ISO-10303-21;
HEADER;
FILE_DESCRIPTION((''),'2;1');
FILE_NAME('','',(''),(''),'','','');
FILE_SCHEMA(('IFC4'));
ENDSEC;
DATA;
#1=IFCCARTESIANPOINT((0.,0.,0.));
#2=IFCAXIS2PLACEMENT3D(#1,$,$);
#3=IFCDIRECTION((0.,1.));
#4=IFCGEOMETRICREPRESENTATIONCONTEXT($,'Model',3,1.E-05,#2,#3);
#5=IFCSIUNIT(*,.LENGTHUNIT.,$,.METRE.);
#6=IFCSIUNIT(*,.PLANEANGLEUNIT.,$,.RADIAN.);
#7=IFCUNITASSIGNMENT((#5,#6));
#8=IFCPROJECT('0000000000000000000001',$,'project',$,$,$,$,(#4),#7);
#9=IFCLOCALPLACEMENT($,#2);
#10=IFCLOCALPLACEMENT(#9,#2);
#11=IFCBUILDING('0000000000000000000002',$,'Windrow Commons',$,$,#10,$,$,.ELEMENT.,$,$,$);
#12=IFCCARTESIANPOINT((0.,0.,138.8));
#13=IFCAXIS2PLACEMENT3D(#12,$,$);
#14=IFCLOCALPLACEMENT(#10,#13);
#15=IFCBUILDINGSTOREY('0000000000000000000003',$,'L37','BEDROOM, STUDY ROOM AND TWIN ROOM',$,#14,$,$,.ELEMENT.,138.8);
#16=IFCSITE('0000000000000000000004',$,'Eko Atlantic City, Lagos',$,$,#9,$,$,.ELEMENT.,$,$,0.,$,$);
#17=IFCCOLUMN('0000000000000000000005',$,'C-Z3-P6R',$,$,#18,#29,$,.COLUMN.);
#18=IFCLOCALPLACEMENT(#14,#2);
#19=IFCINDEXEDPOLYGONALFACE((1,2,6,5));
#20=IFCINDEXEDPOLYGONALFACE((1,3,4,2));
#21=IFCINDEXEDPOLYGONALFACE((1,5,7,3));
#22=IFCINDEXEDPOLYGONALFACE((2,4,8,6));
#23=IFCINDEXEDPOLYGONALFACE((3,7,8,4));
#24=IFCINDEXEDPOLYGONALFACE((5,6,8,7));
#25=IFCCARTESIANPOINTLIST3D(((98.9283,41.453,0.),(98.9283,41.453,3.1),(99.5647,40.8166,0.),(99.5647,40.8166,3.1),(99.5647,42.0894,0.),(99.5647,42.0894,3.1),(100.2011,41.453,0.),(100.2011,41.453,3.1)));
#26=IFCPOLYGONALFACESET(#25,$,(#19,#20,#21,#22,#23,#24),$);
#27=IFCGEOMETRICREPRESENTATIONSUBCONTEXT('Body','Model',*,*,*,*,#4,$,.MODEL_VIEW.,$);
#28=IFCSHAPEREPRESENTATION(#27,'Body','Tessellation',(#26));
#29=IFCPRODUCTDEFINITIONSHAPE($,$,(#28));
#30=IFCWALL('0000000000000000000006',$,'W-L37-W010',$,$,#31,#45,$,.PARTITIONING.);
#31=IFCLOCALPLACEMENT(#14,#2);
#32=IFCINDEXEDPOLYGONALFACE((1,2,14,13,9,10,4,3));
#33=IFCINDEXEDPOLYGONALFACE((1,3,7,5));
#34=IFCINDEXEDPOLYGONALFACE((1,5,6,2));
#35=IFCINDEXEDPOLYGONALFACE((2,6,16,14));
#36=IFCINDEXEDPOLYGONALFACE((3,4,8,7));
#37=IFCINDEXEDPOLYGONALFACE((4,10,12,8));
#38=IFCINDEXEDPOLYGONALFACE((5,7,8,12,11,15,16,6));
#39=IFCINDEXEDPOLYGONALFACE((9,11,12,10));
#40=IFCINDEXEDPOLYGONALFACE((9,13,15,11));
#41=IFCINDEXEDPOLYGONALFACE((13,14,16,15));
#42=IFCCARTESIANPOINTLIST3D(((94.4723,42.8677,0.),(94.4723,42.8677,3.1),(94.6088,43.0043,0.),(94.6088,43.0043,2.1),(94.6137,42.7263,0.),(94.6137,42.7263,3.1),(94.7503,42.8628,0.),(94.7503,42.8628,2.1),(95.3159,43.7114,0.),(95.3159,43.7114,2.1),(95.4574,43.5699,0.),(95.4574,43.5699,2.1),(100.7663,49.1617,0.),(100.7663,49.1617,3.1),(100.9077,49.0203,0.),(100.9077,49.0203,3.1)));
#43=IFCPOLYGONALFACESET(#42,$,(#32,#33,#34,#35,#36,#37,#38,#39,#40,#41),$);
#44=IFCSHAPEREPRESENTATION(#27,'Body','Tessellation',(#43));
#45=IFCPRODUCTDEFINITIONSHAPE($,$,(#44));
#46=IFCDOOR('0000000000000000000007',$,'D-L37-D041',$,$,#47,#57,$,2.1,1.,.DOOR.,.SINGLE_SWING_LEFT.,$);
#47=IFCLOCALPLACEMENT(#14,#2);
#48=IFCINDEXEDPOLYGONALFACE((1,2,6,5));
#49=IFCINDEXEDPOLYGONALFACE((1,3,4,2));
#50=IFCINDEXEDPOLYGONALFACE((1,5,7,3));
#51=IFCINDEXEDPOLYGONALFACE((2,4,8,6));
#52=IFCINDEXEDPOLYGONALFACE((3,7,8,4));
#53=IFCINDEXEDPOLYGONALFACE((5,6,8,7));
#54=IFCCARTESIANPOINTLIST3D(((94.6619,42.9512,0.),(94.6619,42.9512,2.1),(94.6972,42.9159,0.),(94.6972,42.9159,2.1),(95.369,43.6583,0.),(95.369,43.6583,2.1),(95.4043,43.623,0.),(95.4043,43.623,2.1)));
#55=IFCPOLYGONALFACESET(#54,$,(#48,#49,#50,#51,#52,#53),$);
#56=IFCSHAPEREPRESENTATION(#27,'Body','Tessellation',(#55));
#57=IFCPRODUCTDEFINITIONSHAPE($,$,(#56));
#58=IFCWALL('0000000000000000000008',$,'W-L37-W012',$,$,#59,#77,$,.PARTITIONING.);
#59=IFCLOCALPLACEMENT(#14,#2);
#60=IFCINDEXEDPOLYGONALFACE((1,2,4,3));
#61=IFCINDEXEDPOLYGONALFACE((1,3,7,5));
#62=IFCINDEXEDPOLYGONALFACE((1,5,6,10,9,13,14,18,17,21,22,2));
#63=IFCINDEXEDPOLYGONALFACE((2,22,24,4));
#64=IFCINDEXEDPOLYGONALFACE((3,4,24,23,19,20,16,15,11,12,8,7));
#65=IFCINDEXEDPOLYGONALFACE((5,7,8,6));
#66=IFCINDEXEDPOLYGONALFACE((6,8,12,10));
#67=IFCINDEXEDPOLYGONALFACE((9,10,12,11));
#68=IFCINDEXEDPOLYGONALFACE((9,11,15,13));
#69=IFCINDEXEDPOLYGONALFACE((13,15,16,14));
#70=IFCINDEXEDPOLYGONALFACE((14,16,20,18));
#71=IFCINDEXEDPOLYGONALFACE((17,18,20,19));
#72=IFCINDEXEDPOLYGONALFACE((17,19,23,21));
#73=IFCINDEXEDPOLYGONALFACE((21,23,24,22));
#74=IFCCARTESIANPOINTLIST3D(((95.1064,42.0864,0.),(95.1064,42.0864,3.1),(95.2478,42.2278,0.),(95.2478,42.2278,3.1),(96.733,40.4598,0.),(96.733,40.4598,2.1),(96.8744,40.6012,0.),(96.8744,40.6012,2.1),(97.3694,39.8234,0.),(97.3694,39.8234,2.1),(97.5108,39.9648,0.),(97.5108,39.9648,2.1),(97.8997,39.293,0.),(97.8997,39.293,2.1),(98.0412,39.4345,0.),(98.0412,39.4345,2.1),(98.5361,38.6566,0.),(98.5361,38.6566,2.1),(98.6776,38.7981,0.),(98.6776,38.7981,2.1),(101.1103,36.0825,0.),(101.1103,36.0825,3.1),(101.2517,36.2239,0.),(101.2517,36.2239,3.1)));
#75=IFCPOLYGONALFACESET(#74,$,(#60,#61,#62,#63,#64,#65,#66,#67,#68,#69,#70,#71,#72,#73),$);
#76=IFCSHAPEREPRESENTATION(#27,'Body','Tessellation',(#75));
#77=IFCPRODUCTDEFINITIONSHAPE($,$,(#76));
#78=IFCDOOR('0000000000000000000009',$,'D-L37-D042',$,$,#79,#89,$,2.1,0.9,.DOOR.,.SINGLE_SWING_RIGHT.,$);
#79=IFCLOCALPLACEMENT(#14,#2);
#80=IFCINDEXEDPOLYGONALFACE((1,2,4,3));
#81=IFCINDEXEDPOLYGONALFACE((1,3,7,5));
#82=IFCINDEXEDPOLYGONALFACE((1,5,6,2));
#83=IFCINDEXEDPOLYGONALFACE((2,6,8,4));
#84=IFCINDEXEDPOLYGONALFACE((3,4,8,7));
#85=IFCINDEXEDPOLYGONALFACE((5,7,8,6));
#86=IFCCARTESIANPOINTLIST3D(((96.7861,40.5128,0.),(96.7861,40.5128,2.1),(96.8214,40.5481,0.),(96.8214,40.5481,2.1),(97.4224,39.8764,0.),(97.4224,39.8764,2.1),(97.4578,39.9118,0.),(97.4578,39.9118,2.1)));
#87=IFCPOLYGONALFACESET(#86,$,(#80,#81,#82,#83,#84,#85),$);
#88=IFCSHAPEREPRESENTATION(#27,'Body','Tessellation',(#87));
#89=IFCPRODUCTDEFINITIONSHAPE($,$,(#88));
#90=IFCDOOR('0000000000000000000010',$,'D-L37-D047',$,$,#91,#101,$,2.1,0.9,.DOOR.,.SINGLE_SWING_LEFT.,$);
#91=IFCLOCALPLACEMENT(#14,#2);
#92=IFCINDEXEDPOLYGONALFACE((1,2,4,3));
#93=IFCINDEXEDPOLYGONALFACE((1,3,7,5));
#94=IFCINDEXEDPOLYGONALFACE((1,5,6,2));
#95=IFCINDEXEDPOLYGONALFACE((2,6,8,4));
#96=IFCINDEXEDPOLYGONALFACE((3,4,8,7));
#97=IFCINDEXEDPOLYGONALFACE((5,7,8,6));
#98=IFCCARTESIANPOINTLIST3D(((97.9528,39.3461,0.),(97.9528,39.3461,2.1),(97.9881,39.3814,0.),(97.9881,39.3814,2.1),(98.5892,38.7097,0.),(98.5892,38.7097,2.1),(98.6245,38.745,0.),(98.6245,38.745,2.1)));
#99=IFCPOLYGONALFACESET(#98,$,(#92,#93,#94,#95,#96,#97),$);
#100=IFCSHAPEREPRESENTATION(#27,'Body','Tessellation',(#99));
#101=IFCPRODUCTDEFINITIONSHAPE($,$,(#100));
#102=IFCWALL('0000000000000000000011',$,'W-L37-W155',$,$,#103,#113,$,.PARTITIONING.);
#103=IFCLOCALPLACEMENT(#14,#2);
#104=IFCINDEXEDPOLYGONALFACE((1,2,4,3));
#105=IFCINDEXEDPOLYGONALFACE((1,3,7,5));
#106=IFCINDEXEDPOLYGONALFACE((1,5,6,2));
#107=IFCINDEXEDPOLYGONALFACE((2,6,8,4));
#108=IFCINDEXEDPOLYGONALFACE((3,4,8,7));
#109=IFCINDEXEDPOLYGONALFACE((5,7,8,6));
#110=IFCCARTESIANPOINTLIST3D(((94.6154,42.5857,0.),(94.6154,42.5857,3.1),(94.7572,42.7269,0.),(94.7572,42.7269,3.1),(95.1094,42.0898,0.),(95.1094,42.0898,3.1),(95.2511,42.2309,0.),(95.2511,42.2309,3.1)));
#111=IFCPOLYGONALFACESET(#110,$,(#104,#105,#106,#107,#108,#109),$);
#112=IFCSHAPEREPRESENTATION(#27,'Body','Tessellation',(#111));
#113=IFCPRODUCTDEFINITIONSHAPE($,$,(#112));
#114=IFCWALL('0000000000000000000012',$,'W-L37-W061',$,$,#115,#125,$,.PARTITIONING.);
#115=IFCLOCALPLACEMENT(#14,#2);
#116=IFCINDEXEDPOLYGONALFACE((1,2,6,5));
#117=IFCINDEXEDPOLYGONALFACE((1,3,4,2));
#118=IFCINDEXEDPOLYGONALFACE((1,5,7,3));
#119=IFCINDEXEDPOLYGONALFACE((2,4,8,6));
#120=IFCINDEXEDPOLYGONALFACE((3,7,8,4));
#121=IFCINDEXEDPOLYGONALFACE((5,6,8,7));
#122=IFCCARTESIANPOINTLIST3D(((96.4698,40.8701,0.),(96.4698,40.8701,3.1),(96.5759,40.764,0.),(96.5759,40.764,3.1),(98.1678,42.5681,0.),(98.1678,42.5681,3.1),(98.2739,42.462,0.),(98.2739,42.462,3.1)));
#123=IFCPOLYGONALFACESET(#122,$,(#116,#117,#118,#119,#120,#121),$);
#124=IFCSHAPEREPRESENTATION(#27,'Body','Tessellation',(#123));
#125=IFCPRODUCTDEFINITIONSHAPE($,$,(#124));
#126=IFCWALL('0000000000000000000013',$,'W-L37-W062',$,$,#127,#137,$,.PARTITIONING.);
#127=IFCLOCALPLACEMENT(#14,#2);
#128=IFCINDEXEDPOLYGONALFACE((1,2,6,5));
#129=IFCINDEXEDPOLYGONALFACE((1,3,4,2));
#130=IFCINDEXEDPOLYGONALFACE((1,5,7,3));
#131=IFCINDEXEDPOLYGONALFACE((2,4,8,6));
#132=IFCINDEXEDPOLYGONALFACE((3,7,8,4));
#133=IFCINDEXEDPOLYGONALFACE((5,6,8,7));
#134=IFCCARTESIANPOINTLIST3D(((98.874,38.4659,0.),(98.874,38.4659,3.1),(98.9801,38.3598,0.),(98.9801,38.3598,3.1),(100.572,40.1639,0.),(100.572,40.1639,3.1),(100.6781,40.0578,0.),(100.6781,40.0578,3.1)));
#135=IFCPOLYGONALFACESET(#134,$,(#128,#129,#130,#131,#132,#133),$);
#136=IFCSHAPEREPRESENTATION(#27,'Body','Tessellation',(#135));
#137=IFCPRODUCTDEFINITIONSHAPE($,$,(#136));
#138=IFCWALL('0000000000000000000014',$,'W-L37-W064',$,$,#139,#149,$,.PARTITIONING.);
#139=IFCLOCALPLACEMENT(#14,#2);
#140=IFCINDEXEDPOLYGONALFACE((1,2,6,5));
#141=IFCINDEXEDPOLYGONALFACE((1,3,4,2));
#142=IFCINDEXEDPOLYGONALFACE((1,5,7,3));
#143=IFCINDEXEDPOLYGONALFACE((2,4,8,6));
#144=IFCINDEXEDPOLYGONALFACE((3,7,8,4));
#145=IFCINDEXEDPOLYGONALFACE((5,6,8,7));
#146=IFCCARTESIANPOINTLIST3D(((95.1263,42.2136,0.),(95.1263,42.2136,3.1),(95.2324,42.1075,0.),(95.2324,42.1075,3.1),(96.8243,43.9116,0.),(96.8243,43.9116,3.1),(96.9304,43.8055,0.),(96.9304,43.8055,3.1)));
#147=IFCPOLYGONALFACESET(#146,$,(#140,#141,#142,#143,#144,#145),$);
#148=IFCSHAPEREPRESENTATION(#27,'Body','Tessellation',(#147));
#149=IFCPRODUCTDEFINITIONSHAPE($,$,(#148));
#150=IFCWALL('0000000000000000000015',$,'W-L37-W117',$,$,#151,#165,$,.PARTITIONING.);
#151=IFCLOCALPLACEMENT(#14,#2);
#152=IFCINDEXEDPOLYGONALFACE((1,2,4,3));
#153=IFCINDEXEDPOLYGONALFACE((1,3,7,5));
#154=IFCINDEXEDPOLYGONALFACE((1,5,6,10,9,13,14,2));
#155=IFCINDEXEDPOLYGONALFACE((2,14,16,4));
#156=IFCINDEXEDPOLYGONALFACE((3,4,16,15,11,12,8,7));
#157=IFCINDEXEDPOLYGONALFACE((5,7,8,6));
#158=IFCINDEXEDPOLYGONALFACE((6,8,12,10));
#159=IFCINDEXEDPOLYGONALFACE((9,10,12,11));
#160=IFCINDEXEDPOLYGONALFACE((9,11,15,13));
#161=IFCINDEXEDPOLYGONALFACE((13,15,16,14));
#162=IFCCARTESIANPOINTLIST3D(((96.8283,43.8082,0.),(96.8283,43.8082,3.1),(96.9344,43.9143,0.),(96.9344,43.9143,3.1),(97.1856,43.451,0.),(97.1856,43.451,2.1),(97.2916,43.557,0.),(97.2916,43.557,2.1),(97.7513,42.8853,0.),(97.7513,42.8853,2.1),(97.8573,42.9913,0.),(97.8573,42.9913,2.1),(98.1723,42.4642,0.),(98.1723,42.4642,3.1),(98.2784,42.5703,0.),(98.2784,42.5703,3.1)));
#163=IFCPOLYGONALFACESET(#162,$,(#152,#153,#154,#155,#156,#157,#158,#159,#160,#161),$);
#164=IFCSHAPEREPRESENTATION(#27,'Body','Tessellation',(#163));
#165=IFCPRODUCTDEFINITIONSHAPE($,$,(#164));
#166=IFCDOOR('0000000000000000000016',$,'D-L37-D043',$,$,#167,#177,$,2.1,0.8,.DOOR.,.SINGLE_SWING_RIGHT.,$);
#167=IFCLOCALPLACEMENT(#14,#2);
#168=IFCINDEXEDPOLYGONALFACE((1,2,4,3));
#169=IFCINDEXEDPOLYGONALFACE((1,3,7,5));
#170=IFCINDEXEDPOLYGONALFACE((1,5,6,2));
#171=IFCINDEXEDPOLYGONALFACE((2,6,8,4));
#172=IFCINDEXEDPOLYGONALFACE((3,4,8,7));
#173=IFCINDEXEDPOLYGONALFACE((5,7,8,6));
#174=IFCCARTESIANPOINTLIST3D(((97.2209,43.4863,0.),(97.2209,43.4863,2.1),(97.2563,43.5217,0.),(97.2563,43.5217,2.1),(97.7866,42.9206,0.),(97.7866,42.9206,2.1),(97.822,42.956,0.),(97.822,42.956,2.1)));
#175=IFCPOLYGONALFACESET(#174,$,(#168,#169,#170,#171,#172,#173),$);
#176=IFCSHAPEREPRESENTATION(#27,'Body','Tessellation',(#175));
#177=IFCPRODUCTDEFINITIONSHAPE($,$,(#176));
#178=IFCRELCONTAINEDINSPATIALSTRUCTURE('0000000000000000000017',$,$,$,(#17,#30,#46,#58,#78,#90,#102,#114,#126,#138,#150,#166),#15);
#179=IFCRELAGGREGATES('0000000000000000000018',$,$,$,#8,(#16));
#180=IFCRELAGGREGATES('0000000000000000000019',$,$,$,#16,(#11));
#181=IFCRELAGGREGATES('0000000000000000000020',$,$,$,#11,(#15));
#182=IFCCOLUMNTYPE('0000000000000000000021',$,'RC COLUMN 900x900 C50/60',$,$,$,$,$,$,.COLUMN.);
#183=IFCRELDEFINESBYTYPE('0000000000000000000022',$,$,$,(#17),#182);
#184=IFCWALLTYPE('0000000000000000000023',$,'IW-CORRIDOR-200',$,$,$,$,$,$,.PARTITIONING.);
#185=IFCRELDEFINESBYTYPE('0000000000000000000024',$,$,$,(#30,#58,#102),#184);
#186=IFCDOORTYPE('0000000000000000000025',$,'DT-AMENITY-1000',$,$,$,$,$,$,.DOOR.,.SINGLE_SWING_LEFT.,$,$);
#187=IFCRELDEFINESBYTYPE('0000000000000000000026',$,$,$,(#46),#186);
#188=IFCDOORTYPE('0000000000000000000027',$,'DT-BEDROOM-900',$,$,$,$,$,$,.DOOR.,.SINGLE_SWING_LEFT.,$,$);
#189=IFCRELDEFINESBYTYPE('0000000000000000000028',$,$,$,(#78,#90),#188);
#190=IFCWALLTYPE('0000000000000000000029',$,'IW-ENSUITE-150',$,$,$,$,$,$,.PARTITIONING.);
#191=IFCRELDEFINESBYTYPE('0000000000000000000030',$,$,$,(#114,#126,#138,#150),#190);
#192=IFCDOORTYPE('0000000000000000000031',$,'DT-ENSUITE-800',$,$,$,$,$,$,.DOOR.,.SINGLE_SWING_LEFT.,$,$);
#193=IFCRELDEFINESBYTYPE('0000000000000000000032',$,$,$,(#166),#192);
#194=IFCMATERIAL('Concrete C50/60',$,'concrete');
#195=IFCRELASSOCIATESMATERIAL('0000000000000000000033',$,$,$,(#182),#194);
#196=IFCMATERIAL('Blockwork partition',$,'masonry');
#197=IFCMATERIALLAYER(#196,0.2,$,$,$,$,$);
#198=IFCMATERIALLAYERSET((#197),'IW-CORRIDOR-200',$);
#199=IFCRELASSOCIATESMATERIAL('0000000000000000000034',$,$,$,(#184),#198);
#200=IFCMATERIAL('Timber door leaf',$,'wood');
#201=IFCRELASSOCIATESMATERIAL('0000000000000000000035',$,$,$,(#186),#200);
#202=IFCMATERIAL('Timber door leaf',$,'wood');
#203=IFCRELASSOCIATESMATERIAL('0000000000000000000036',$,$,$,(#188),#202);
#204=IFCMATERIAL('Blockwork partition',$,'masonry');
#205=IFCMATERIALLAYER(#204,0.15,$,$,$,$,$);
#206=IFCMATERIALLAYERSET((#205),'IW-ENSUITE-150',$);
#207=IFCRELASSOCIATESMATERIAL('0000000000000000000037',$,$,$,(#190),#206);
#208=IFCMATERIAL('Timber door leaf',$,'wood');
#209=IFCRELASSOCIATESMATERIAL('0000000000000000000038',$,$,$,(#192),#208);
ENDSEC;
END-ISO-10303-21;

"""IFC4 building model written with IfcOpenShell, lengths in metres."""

from ifc_helpers import new_model, si_unit, direction, frame, frame_2d, origin, origin_2d, place, context, subcontext, project, spatial, rectangle, extrude, material, layer, layer_set, material_profile, profile_set, type_object, element, fill, save


model = new_model("IFC4")

# Units and contexts
model_context = context("Model", 3, precision=1e-05, world=origin(), true_north=direction((0.0, 1.0)))
body_context = subcontext(model_context, "Body", "Model", "MODEL_VIEW")
ifc_project = project(units=[si_unit("LENGTHUNIT", "METRE"), si_unit("PLANEANGLEUNIT", "RADIAN")], contexts=[model_context])

# Site, building, storey
site_placement = place(None, origin())
site = spatial("IfcSite", under=ifc_project, at=site_placement, Name="Eko Atlantic City, Lagos", CompositionType="ELEMENT", RefElevation=0.0)
building_placement = place(site_placement, origin())
building = spatial("IfcBuilding", under=site, at=building_placement, Name="Windrow Commons", CompositionType="ELEMENT")
storey_placement = place(building_placement, frame((0.0, 0.0, 138.8)))
storey = spatial("IfcBuildingStorey", under=building, at=storey_placement, Name="L37", Description="BEDROOM, STUDY ROOM AND TWIN ROOM", CompositionType="ELEMENT", Elevation=138.8)

# Column
ifc_material_1 = material(Name="Concrete C50/60", Category="concrete")
ifc_material_profile = material_profile(ifc_material_1, rectangle(XDim=0.9, YDim=0.9, at=origin_2d()))
ifc_profile_set = profile_set([ifc_material_profile], Name="Concrete C50/60")
column_type = type_object("IfcColumnType", Name="RC COLUMN 900x900 C50/60", PredefinedType="COLUMN", material=ifc_profile_set)
column_placement = place(storey_placement, frame((99.5647, 41.453, 0.0), z_axis=(0.0, 0.0, 1.0), x_axis=(0.707107, -0.707107, 0.0)))
element("IfcColumn", 1, at=column_placement, inside=storey, type_object=column_type, Name="C-Z3-P6R", PredefinedType="COLUMN", context=body_context, shape_type="SweptSolid", body=[
    extrude(rectangle(XDim=0.9, YDim=0.9, at=origin_2d()), origin(), (0.0, 0.0, 1.0), 3.1),
])

# Wall, opening, door
ifc_material_2 = material(Name="Blockwork partition", Category="masonry")
ifc_layer_1 = layer(ifc_material_2, 0.2)
ifc_layer_set_1 = layer_set([ifc_layer_1], Name="IW-CORRIDOR-200")
wall_type_1 = type_object("IfcWallType", Name="IW-CORRIDOR-200", PredefinedType="PARTITIONING", material=ifc_layer_set_1)
wall_1_placement = place(storey_placement, frame((94.543, 42.797, 0.0), z_axis=(0.0, 0.0, 1.0), x_axis=(0.707107, 0.707107, 0.0)))
wall_1 = element("IfcWall", 2, at=wall_1_placement, inside=storey, type_object=wall_type_1, Name="W-L37-W010", PredefinedType="PARTITIONING", context=body_context, shape_type="SweptSolid", body=[
    extrude(rectangle(XDim=8.9011, YDim=0.2, at=frame_2d((4.4505, 0.0))), origin(), (0.0, 0.0, 1.0), 3.1),
])
opening_1_placement = place(wall_1_placement, frame((0.1931, 0.0, 0.0)))
opening_1 = element("IfcOpeningElement", 3, at=opening_1_placement, cuts=wall_1, PredefinedType="OPENING", context=body_context, shape_type="SweptSolid", body=[
    extrude(rectangle(XDim=1.0, YDim=2.1, at=frame_2d((0.5, 1.05))), frame((0.0, 0.11, 0.0), z_axis=(0.0, -1.0, 0.0), x_axis=(1.0, 0.0, 0.0)), (0.0, 0.0, 1.0), 0.22),
])
ifc_material_3 = material(Name="Timber door leaf", Category="wood")
door_type_1 = type_object("IfcDoorType", Name="DT-AMENITY-1000", OperationType="SINGLE_SWING_LEFT", PredefinedType="DOOR", material=ifc_material_3)
door_1_placement = place(opening_1_placement, origin())
door_1 = element("IfcDoor", 4, at=door_1_placement, inside=storey, type_object=door_type_1, Name="D-L37-D041", OperationType="SINGLE_SWING_LEFT", OverallHeight=2.1, OverallWidth=1.0, PredefinedType="DOOR", context=body_context, shape_type="SweptSolid", body=[
    extrude(rectangle(XDim=1.0, YDim=2.1, at=frame_2d((0.5, 1.05))), frame((0.0, 0.025, 0.0), z_axis=(0.0, -1.0, 0.0), x_axis=(1.0, 0.0, 0.0)), (0.0, 0.0, 1.0), 0.05),
])
fill(opening_1, door_1)

# Wall, openings, doors
wall_2_placement = place(storey_placement, frame((95.1771, 42.1571, 0.0), z_axis=(0.0, 0.0, 1.0), x_axis=(0.707107, -0.707107, 0.0)))
wall_2 = element("IfcWall", 5, at=wall_2_placement, inside=storey, type_object=wall_type_1, Name="W-L37-W012", PredefinedType="PARTITIONING", context=body_context, shape_type="SweptSolid", body=[
    extrude(rectangle(XDim=8.4909, YDim=0.2, at=frame_2d((4.2454, 0.0))), origin(), (0.0, 0.0, 1.0), 3.1),
])
opening_2_placement = place(wall_2_placement, frame((2.3004, 0.0, 0.0)))
opening_2 = element("IfcOpeningElement", 6, at=opening_2_placement, cuts=wall_2, PredefinedType="OPENING", context=body_context, shape_type="SweptSolid", body=[
    extrude(rectangle(XDim=0.9, YDim=2.1, at=frame_2d((0.45, 1.05))), frame((0.0, 0.11, 0.0), z_axis=(0.0, -1.0, 0.0), x_axis=(1.0, 0.0, 0.0)), (0.0, 0.0, 1.0), 0.22),
])
opening_3_placement = place(wall_2_placement, frame((3.9504, 0.0, 0.0)))
opening_3 = element("IfcOpeningElement", 7, at=opening_3_placement, cuts=wall_2, PredefinedType="OPENING", context=body_context, shape_type="SweptSolid", body=[
    extrude(rectangle(XDim=0.9, YDim=2.1, at=frame_2d((0.45, 1.05))), frame((0.0, 0.11, 0.0), z_axis=(0.0, -1.0, 0.0), x_axis=(1.0, 0.0, 0.0)), (0.0, 0.0, 1.0), 0.22),
])
ifc_material_4 = material(Name="Timber door leaf", Category="wood")
door_type_2 = type_object("IfcDoorType", Name="DT-BEDROOM-900", OperationType="SINGLE_SWING_LEFT", PredefinedType="DOOR", material=ifc_material_4)
door_2_placement = place(opening_2_placement, origin())
door_2 = element("IfcDoor", 8, at=door_2_placement, inside=storey, type_object=door_type_2, Name="D-L37-D042", OperationType="SINGLE_SWING_RIGHT", OverallHeight=2.1, OverallWidth=0.9, PredefinedType="DOOR", context=body_context, shape_type="SweptSolid", body=[
    extrude(rectangle(XDim=0.9, YDim=2.1, at=frame_2d((0.45, 1.05))), frame((0.0, 0.025, 0.0), z_axis=(0.0, -1.0, 0.0), x_axis=(1.0, 0.0, 0.0)), (0.0, 0.0, 1.0), 0.05),
])
fill(opening_2, door_2)
door_3_placement = place(opening_3_placement, origin())
door_3 = element("IfcDoor", 9, at=door_3_placement, inside=storey, type_object=door_type_2, Name="D-L37-D047", OperationType="SINGLE_SWING_LEFT", OverallHeight=2.1, OverallWidth=0.9, PredefinedType="DOOR", context=body_context, shape_type="SweptSolid", body=[
    extrude(rectangle(XDim=0.9, YDim=2.1, at=frame_2d((0.45, 1.05))), frame((0.0, 0.025, 0.0), z_axis=(0.0, -1.0, 0.0), x_axis=(1.0, 0.0, 0.0)), (0.0, 0.0, 1.0), 0.05),
])
fill(opening_3, door_3)

# Walls
wall_3_placement = place(storey_placement, frame((94.6863, 42.6563, 0.0), z_axis=(0.0, 0.0, 1.0), x_axis=(0.705677, -0.708534, 0.0)))
element("IfcWall", 10, at=wall_3_placement, inside=storey, type_object=wall_type_1, Name="W-L37-W155", PredefinedType="PARTITIONING", context=body_context, shape_type="SweptSolid", body=[
    extrude(rectangle(XDim=0.7, YDim=0.2, at=frame_2d((0.35, 0.0))), origin(), (0.0, 0.0, 1.0), 3.1),
])
ifc_material_5 = material(Name="Blockwork partition", Category="masonry")
ifc_layer_2 = layer(ifc_material_5, 0.15)
ifc_layer_set_2 = layer_set([ifc_layer_2], Name="IW-ENSUITE-150")
wall_type_2 = type_object("IfcWallType", Name="IW-ENSUITE-150", PredefinedType="PARTITIONING", material=ifc_layer_set_2)
for number, where, z_axis, x_axis, name in (
    (11, (96.5229, 40.8171, 0.0), (0.0, 0.0, 1.0), (0.707107, 0.707107, 0.0), "W-L37-W061"),
    (12, (98.9271, 38.4129, 0.0), (0.0, 0.0, 1.0), (0.707107, 0.707107, 0.0), "W-L37-W062"),
    (13, (95.1794, 42.1606, 0.0), (0.0, 0.0, 1.0), (0.707107, 0.707107, 0.0), "W-L37-W064"),
):
    element("IfcWall", number, at=place(storey_placement, frame(where, z_axis=z_axis, x_axis=x_axis)), inside=storey, type_object=wall_type_2, Name=name, PredefinedType="PARTITIONING", context=body_context, shape_type="SweptSolid", body=[
        extrude(rectangle(XDim=2.4013, YDim=0.15, at=frame_2d((1.2006, 0.0))), origin(), (0.0, 0.0, 1.0), 3.1),
    ])

# Wall, opening, door
wall_4_placement = place(storey_placement, frame((96.8813, 43.8613, 0.0), z_axis=(0.0, 0.0, 1.0), x_axis=(0.707107, -0.707107, 0.0)))
wall_4 = element("IfcWall", 14, at=wall_4_placement, inside=storey, type_object=wall_type_2, Name="W-L37-W117", PredefinedType="PARTITIONING", context=body_context, shape_type="SweptSolid", body=[
    extrude(rectangle(XDim=1.9007, YDim=0.15, at=frame_2d((0.9504, 0.0))), origin(), (0.0, 0.0, 1.0), 3.1),
])
opening_4_placement = place(wall_4_placement, frame((0.5053, 0.0, 0.0)))
opening_4 = element("IfcOpeningElement", 15, at=opening_4_placement, cuts=wall_4, PredefinedType="OPENING", context=body_context, shape_type="SweptSolid", body=[
    extrude(rectangle(XDim=0.8, YDim=2.1, at=frame_2d((0.4, 1.05))), frame((0.0, 0.085, 0.0), z_axis=(0.0, -1.0, 0.0), x_axis=(1.0, 0.0, 0.0)), (0.0, 0.0, 1.0), 0.17),
])
ifc_material_6 = material(Name="Timber door leaf", Category="wood")
door_type_3 = type_object("IfcDoorType", Name="DT-ENSUITE-800", OperationType="SINGLE_SWING_LEFT", PredefinedType="DOOR", material=ifc_material_6)
door_4_placement = place(opening_4_placement, origin())
door_4 = element("IfcDoor", 16, at=door_4_placement, inside=storey, type_object=door_type_3, Name="D-L37-D043", OperationType="SINGLE_SWING_RIGHT", OverallHeight=2.1, OverallWidth=0.8, PredefinedType="DOOR", context=body_context, shape_type="SweptSolid", body=[
    extrude(rectangle(XDim=0.8, YDim=2.1, at=frame_2d((0.4, 1.05))), frame((0.0, 0.025, 0.0), z_axis=(0.0, -1.0, 0.0), x_axis=(1.0, 0.0, 0.0)), (0.0, 0.0, 1.0), 0.05),
])
fill(opening_4, door_4)

save(model, "model.ifc")
